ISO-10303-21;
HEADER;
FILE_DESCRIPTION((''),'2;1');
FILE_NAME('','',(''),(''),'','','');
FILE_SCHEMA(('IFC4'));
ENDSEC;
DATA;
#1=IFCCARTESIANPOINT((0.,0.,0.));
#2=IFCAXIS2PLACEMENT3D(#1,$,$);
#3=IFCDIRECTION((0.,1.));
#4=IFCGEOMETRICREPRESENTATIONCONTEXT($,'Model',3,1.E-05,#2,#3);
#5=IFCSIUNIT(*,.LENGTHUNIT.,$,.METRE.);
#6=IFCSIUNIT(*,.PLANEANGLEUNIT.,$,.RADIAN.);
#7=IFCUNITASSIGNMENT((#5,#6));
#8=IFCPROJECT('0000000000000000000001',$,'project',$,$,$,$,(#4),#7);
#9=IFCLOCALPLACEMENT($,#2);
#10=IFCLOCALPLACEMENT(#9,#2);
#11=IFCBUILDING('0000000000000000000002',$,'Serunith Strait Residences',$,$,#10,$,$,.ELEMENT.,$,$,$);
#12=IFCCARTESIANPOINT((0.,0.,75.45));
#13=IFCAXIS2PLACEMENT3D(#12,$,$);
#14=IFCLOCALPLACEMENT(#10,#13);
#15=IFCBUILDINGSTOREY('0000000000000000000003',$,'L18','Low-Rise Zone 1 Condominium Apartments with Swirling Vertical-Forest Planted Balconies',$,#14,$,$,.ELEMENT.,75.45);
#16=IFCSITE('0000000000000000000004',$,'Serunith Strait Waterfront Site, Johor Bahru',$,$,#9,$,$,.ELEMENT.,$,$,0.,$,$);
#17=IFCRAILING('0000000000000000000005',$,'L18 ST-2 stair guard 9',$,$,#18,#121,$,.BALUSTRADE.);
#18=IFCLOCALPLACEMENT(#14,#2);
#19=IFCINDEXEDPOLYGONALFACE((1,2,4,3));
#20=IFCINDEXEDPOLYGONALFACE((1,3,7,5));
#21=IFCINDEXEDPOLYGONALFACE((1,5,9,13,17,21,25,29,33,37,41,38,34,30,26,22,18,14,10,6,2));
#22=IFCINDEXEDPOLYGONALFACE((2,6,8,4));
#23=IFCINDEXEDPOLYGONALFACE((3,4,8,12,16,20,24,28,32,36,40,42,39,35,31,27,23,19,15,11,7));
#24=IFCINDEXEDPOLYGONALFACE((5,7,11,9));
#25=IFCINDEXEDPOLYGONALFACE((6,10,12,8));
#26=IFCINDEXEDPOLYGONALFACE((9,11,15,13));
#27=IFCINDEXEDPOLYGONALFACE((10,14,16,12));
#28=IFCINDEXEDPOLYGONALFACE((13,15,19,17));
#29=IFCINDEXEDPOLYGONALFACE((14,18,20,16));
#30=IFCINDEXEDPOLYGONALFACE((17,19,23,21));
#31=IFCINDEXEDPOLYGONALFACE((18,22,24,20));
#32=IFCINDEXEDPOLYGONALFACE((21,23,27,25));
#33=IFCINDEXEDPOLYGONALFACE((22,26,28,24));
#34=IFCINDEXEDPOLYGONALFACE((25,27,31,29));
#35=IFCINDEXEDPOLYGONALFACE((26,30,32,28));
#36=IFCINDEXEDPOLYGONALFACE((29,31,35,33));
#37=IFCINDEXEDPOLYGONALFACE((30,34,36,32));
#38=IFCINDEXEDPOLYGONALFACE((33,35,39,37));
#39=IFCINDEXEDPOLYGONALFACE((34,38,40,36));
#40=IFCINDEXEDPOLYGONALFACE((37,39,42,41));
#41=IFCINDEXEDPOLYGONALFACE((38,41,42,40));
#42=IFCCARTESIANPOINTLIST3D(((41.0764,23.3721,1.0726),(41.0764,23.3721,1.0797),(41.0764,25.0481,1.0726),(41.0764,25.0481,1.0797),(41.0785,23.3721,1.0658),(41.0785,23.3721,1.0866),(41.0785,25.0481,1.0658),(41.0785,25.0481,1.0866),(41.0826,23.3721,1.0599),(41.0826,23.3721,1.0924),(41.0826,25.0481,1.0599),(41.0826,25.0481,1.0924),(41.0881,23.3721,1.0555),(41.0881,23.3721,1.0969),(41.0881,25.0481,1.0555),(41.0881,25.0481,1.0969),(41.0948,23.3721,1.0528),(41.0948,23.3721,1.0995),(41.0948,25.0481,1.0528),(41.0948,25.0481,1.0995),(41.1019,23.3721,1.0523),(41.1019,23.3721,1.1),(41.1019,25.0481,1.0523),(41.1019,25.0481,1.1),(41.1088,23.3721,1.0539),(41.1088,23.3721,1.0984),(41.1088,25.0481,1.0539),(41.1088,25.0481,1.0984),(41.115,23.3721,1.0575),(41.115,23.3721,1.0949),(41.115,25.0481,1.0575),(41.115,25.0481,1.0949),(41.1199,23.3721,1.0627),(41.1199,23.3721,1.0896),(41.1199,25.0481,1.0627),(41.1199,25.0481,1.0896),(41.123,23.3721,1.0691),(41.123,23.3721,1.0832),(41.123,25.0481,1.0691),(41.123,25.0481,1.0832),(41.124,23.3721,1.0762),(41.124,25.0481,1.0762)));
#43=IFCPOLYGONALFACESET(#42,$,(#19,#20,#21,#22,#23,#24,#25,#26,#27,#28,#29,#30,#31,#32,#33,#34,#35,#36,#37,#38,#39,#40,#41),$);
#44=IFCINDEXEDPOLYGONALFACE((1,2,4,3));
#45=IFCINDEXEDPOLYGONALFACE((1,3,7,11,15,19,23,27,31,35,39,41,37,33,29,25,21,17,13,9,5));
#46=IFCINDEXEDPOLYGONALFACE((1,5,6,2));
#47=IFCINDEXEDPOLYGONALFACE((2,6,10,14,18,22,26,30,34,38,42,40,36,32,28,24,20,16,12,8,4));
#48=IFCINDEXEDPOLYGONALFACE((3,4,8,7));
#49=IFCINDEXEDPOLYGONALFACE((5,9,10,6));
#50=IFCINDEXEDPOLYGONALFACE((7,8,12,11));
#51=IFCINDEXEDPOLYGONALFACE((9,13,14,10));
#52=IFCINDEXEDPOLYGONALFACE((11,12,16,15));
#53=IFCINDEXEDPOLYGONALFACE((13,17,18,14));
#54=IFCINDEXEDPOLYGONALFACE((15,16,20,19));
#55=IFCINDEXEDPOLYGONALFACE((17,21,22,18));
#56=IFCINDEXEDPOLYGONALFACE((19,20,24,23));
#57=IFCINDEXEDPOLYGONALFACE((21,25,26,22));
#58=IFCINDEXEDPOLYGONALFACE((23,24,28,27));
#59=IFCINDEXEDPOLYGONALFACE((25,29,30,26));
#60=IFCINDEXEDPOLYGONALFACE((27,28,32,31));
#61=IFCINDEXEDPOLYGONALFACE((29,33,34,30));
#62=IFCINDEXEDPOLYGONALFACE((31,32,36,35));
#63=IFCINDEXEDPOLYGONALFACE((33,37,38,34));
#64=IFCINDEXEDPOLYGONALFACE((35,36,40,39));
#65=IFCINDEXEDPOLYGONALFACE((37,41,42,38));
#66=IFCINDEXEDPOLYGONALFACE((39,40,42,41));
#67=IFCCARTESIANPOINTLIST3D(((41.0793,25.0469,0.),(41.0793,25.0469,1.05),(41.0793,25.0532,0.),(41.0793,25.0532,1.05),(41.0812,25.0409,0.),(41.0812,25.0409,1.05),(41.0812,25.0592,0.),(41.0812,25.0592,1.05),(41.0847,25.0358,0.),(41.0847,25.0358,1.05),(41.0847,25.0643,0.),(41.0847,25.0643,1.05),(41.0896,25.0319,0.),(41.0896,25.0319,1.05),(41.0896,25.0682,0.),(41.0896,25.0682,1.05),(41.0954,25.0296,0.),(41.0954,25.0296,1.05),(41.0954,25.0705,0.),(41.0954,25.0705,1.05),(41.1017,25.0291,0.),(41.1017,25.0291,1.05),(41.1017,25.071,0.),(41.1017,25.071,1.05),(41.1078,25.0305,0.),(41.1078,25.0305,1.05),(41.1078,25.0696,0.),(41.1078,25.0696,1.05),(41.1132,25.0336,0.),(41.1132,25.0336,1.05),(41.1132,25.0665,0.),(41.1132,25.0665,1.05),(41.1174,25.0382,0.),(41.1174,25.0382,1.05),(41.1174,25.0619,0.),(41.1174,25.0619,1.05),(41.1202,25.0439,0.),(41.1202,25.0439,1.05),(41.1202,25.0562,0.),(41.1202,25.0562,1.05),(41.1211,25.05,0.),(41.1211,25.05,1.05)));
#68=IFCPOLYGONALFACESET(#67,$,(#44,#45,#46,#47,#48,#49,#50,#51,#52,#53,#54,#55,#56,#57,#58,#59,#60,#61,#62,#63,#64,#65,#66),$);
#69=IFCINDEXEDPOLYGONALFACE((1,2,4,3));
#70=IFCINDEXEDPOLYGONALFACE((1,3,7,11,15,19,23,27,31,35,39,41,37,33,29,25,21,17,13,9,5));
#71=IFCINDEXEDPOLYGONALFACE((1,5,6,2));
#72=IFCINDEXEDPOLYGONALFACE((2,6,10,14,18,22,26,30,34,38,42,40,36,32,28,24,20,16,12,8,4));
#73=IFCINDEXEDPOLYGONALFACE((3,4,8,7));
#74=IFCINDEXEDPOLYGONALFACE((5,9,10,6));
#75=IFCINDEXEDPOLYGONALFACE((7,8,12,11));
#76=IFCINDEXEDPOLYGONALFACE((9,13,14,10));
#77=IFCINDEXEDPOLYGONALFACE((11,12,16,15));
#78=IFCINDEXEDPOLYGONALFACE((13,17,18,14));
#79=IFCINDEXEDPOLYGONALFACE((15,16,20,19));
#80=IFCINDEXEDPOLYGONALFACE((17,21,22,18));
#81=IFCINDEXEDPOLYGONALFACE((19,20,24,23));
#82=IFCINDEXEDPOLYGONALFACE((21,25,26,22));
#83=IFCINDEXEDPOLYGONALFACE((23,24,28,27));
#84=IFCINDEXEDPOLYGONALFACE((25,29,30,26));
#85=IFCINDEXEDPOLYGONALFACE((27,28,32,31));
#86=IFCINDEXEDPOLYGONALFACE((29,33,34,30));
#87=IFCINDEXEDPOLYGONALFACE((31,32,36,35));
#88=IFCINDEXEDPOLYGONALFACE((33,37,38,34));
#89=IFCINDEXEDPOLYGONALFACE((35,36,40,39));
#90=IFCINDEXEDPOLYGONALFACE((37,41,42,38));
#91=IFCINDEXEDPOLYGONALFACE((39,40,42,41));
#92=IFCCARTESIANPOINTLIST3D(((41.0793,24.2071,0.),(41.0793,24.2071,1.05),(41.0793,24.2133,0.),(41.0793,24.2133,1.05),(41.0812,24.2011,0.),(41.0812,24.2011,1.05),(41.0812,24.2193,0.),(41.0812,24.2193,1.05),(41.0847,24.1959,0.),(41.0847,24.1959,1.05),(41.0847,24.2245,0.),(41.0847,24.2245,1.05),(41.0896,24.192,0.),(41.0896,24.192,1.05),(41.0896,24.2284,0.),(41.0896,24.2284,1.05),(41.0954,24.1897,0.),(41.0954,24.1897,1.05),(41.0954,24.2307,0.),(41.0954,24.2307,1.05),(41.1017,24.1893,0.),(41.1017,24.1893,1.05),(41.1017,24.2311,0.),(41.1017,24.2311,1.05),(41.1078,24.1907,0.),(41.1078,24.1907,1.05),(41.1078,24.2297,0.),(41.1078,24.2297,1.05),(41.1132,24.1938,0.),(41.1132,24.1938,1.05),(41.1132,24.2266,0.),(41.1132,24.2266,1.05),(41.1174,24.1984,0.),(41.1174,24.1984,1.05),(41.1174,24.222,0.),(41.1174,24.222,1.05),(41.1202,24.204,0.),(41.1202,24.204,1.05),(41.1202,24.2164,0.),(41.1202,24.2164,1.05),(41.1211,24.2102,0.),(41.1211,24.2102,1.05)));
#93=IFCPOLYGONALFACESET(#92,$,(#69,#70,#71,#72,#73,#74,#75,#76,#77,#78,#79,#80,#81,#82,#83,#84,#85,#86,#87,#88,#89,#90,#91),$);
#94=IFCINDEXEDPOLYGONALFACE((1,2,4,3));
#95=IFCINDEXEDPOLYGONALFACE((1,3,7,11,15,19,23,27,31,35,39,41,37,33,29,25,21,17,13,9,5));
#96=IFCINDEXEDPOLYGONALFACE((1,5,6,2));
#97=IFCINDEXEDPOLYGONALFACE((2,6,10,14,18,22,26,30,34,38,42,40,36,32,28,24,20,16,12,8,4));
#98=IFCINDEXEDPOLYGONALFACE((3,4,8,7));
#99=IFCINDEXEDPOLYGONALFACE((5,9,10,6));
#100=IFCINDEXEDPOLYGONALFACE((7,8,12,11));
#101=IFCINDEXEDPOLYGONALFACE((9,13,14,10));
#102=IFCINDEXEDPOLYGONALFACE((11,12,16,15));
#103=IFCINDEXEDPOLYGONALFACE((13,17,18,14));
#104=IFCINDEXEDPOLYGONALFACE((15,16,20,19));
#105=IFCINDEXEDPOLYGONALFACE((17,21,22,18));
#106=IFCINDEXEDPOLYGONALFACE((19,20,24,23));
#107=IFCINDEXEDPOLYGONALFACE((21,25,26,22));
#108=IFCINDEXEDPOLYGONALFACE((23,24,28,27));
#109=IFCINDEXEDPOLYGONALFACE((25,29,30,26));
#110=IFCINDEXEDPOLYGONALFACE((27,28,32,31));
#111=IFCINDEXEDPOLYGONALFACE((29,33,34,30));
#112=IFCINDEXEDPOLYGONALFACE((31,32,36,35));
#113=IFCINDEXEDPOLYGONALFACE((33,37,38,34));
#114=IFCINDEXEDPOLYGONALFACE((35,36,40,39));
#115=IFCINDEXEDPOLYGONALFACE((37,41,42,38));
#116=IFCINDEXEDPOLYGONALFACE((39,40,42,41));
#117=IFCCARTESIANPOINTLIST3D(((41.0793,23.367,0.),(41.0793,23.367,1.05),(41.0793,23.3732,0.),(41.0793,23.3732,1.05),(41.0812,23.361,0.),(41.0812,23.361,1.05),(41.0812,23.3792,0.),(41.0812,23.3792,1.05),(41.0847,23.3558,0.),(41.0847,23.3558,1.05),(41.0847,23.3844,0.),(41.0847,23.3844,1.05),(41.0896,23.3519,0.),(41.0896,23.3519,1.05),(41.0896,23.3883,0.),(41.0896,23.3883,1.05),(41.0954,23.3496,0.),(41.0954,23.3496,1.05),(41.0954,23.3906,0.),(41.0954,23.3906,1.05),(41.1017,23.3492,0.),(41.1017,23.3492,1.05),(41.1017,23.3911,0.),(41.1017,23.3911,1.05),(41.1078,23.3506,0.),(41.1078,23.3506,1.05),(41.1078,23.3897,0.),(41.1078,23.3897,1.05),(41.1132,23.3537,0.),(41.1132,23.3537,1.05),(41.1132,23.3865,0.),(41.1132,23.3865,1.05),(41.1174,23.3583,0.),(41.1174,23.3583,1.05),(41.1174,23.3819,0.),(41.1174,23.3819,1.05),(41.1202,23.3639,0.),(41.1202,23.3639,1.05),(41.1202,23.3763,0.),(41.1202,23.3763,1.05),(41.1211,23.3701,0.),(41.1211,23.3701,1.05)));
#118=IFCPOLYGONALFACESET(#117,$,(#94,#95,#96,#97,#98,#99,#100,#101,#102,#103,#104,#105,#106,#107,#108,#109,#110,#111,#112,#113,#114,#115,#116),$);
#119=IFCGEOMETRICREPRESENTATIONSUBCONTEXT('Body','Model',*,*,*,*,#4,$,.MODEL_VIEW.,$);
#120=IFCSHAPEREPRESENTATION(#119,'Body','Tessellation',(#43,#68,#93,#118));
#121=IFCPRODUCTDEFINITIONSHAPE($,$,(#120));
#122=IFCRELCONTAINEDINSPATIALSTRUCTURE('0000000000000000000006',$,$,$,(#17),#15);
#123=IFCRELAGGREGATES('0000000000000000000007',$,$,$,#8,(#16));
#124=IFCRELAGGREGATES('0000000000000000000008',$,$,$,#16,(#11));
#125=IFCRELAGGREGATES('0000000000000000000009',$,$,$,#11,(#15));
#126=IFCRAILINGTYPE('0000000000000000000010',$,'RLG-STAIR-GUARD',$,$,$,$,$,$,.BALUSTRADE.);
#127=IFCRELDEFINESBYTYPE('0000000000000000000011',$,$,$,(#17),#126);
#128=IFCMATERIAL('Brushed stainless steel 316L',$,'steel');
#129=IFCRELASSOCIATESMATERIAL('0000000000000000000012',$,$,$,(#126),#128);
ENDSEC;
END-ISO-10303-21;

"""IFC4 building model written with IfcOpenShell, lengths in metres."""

from ifc_helpers import new_model, si_unit, direction, frame, origin, origin_2d, place, context, subcontext, project, spatial, circle, extrude, material, type_object, element, save


model = new_model("IFC4")

# Units and contexts
model_context = context("Model", 3, precision=1e-05, world=origin(), true_north=direction((0.0, 1.0)))
body_context = subcontext(model_context, "Body", "Model", "MODEL_VIEW")
ifc_project = project(units=[si_unit("LENGTHUNIT", "METRE"), si_unit("PLANEANGLEUNIT", "RADIAN")], contexts=[model_context])

# Site, building, storey
site_placement = place(None, origin())
site = spatial("IfcSite", under=ifc_project, at=site_placement, Name="Serunith Strait Waterfront Site, Johor Bahru", CompositionType="ELEMENT", RefElevation=0.0)
building_placement = place(site_placement, origin())
building = spatial("IfcBuilding", under=site, at=building_placement, Name="Serunith Strait Residences", CompositionType="ELEMENT")
storey_placement = place(building_placement, frame((0.0, 0.0, 75.45)))
storey = spatial("IfcBuildingStorey", under=building, at=storey_placement, Name="L18", Description="Low-Rise Zone 1 Condominium Apartments with Swirling Vertical-Forest Planted Balconies", CompositionType="ELEMENT", Elevation=75.45)

# Railing
ifc_material_1 = material(Name="Brushed stainless steel 316L", Category="steel")
railing_type = type_object("IfcRailingType", Name="RLG-STAIR-GUARD", PredefinedType="BALUSTRADE", material=ifc_material_1)
for number, where, name in (
    (1, (41.1001, 25.05, 0.0), "L18 ST-2 stair guard 9"),
):
    element("IfcRailing", number, at=place(storey_placement, frame(where)), inside=storey, type_object=railing_type, Name=name, PredefinedType="BALUSTRADE", context=body_context, shape_type="SweptSolid", body=[
        extrude(circle(Radius=0.0239, at=origin_2d()), frame((0.0, -0.002, 1.0762), z_axis=(0.0, -1.0, 0.0), x_axis=(1.0, 0.0, 0.0)), (0.0, 0.0, 1.0), 1.676),
        extrude(circle(Radius=0.021, at=origin_2d()), origin(), (0.0, 0.0, 1.0), 1.05),
        extrude(circle(Radius=0.021, at=origin_2d()), frame((0.0, -0.8398, 0.0)), (0.0, 0.0, 1.0), 1.05),
        extrude(circle(Radius=0.021, at=origin_2d()), frame((0.0, -1.6799, 0.0)), (0.0, 0.0, 1.0), 1.05),
    ])

save(model, "model.ifc")
